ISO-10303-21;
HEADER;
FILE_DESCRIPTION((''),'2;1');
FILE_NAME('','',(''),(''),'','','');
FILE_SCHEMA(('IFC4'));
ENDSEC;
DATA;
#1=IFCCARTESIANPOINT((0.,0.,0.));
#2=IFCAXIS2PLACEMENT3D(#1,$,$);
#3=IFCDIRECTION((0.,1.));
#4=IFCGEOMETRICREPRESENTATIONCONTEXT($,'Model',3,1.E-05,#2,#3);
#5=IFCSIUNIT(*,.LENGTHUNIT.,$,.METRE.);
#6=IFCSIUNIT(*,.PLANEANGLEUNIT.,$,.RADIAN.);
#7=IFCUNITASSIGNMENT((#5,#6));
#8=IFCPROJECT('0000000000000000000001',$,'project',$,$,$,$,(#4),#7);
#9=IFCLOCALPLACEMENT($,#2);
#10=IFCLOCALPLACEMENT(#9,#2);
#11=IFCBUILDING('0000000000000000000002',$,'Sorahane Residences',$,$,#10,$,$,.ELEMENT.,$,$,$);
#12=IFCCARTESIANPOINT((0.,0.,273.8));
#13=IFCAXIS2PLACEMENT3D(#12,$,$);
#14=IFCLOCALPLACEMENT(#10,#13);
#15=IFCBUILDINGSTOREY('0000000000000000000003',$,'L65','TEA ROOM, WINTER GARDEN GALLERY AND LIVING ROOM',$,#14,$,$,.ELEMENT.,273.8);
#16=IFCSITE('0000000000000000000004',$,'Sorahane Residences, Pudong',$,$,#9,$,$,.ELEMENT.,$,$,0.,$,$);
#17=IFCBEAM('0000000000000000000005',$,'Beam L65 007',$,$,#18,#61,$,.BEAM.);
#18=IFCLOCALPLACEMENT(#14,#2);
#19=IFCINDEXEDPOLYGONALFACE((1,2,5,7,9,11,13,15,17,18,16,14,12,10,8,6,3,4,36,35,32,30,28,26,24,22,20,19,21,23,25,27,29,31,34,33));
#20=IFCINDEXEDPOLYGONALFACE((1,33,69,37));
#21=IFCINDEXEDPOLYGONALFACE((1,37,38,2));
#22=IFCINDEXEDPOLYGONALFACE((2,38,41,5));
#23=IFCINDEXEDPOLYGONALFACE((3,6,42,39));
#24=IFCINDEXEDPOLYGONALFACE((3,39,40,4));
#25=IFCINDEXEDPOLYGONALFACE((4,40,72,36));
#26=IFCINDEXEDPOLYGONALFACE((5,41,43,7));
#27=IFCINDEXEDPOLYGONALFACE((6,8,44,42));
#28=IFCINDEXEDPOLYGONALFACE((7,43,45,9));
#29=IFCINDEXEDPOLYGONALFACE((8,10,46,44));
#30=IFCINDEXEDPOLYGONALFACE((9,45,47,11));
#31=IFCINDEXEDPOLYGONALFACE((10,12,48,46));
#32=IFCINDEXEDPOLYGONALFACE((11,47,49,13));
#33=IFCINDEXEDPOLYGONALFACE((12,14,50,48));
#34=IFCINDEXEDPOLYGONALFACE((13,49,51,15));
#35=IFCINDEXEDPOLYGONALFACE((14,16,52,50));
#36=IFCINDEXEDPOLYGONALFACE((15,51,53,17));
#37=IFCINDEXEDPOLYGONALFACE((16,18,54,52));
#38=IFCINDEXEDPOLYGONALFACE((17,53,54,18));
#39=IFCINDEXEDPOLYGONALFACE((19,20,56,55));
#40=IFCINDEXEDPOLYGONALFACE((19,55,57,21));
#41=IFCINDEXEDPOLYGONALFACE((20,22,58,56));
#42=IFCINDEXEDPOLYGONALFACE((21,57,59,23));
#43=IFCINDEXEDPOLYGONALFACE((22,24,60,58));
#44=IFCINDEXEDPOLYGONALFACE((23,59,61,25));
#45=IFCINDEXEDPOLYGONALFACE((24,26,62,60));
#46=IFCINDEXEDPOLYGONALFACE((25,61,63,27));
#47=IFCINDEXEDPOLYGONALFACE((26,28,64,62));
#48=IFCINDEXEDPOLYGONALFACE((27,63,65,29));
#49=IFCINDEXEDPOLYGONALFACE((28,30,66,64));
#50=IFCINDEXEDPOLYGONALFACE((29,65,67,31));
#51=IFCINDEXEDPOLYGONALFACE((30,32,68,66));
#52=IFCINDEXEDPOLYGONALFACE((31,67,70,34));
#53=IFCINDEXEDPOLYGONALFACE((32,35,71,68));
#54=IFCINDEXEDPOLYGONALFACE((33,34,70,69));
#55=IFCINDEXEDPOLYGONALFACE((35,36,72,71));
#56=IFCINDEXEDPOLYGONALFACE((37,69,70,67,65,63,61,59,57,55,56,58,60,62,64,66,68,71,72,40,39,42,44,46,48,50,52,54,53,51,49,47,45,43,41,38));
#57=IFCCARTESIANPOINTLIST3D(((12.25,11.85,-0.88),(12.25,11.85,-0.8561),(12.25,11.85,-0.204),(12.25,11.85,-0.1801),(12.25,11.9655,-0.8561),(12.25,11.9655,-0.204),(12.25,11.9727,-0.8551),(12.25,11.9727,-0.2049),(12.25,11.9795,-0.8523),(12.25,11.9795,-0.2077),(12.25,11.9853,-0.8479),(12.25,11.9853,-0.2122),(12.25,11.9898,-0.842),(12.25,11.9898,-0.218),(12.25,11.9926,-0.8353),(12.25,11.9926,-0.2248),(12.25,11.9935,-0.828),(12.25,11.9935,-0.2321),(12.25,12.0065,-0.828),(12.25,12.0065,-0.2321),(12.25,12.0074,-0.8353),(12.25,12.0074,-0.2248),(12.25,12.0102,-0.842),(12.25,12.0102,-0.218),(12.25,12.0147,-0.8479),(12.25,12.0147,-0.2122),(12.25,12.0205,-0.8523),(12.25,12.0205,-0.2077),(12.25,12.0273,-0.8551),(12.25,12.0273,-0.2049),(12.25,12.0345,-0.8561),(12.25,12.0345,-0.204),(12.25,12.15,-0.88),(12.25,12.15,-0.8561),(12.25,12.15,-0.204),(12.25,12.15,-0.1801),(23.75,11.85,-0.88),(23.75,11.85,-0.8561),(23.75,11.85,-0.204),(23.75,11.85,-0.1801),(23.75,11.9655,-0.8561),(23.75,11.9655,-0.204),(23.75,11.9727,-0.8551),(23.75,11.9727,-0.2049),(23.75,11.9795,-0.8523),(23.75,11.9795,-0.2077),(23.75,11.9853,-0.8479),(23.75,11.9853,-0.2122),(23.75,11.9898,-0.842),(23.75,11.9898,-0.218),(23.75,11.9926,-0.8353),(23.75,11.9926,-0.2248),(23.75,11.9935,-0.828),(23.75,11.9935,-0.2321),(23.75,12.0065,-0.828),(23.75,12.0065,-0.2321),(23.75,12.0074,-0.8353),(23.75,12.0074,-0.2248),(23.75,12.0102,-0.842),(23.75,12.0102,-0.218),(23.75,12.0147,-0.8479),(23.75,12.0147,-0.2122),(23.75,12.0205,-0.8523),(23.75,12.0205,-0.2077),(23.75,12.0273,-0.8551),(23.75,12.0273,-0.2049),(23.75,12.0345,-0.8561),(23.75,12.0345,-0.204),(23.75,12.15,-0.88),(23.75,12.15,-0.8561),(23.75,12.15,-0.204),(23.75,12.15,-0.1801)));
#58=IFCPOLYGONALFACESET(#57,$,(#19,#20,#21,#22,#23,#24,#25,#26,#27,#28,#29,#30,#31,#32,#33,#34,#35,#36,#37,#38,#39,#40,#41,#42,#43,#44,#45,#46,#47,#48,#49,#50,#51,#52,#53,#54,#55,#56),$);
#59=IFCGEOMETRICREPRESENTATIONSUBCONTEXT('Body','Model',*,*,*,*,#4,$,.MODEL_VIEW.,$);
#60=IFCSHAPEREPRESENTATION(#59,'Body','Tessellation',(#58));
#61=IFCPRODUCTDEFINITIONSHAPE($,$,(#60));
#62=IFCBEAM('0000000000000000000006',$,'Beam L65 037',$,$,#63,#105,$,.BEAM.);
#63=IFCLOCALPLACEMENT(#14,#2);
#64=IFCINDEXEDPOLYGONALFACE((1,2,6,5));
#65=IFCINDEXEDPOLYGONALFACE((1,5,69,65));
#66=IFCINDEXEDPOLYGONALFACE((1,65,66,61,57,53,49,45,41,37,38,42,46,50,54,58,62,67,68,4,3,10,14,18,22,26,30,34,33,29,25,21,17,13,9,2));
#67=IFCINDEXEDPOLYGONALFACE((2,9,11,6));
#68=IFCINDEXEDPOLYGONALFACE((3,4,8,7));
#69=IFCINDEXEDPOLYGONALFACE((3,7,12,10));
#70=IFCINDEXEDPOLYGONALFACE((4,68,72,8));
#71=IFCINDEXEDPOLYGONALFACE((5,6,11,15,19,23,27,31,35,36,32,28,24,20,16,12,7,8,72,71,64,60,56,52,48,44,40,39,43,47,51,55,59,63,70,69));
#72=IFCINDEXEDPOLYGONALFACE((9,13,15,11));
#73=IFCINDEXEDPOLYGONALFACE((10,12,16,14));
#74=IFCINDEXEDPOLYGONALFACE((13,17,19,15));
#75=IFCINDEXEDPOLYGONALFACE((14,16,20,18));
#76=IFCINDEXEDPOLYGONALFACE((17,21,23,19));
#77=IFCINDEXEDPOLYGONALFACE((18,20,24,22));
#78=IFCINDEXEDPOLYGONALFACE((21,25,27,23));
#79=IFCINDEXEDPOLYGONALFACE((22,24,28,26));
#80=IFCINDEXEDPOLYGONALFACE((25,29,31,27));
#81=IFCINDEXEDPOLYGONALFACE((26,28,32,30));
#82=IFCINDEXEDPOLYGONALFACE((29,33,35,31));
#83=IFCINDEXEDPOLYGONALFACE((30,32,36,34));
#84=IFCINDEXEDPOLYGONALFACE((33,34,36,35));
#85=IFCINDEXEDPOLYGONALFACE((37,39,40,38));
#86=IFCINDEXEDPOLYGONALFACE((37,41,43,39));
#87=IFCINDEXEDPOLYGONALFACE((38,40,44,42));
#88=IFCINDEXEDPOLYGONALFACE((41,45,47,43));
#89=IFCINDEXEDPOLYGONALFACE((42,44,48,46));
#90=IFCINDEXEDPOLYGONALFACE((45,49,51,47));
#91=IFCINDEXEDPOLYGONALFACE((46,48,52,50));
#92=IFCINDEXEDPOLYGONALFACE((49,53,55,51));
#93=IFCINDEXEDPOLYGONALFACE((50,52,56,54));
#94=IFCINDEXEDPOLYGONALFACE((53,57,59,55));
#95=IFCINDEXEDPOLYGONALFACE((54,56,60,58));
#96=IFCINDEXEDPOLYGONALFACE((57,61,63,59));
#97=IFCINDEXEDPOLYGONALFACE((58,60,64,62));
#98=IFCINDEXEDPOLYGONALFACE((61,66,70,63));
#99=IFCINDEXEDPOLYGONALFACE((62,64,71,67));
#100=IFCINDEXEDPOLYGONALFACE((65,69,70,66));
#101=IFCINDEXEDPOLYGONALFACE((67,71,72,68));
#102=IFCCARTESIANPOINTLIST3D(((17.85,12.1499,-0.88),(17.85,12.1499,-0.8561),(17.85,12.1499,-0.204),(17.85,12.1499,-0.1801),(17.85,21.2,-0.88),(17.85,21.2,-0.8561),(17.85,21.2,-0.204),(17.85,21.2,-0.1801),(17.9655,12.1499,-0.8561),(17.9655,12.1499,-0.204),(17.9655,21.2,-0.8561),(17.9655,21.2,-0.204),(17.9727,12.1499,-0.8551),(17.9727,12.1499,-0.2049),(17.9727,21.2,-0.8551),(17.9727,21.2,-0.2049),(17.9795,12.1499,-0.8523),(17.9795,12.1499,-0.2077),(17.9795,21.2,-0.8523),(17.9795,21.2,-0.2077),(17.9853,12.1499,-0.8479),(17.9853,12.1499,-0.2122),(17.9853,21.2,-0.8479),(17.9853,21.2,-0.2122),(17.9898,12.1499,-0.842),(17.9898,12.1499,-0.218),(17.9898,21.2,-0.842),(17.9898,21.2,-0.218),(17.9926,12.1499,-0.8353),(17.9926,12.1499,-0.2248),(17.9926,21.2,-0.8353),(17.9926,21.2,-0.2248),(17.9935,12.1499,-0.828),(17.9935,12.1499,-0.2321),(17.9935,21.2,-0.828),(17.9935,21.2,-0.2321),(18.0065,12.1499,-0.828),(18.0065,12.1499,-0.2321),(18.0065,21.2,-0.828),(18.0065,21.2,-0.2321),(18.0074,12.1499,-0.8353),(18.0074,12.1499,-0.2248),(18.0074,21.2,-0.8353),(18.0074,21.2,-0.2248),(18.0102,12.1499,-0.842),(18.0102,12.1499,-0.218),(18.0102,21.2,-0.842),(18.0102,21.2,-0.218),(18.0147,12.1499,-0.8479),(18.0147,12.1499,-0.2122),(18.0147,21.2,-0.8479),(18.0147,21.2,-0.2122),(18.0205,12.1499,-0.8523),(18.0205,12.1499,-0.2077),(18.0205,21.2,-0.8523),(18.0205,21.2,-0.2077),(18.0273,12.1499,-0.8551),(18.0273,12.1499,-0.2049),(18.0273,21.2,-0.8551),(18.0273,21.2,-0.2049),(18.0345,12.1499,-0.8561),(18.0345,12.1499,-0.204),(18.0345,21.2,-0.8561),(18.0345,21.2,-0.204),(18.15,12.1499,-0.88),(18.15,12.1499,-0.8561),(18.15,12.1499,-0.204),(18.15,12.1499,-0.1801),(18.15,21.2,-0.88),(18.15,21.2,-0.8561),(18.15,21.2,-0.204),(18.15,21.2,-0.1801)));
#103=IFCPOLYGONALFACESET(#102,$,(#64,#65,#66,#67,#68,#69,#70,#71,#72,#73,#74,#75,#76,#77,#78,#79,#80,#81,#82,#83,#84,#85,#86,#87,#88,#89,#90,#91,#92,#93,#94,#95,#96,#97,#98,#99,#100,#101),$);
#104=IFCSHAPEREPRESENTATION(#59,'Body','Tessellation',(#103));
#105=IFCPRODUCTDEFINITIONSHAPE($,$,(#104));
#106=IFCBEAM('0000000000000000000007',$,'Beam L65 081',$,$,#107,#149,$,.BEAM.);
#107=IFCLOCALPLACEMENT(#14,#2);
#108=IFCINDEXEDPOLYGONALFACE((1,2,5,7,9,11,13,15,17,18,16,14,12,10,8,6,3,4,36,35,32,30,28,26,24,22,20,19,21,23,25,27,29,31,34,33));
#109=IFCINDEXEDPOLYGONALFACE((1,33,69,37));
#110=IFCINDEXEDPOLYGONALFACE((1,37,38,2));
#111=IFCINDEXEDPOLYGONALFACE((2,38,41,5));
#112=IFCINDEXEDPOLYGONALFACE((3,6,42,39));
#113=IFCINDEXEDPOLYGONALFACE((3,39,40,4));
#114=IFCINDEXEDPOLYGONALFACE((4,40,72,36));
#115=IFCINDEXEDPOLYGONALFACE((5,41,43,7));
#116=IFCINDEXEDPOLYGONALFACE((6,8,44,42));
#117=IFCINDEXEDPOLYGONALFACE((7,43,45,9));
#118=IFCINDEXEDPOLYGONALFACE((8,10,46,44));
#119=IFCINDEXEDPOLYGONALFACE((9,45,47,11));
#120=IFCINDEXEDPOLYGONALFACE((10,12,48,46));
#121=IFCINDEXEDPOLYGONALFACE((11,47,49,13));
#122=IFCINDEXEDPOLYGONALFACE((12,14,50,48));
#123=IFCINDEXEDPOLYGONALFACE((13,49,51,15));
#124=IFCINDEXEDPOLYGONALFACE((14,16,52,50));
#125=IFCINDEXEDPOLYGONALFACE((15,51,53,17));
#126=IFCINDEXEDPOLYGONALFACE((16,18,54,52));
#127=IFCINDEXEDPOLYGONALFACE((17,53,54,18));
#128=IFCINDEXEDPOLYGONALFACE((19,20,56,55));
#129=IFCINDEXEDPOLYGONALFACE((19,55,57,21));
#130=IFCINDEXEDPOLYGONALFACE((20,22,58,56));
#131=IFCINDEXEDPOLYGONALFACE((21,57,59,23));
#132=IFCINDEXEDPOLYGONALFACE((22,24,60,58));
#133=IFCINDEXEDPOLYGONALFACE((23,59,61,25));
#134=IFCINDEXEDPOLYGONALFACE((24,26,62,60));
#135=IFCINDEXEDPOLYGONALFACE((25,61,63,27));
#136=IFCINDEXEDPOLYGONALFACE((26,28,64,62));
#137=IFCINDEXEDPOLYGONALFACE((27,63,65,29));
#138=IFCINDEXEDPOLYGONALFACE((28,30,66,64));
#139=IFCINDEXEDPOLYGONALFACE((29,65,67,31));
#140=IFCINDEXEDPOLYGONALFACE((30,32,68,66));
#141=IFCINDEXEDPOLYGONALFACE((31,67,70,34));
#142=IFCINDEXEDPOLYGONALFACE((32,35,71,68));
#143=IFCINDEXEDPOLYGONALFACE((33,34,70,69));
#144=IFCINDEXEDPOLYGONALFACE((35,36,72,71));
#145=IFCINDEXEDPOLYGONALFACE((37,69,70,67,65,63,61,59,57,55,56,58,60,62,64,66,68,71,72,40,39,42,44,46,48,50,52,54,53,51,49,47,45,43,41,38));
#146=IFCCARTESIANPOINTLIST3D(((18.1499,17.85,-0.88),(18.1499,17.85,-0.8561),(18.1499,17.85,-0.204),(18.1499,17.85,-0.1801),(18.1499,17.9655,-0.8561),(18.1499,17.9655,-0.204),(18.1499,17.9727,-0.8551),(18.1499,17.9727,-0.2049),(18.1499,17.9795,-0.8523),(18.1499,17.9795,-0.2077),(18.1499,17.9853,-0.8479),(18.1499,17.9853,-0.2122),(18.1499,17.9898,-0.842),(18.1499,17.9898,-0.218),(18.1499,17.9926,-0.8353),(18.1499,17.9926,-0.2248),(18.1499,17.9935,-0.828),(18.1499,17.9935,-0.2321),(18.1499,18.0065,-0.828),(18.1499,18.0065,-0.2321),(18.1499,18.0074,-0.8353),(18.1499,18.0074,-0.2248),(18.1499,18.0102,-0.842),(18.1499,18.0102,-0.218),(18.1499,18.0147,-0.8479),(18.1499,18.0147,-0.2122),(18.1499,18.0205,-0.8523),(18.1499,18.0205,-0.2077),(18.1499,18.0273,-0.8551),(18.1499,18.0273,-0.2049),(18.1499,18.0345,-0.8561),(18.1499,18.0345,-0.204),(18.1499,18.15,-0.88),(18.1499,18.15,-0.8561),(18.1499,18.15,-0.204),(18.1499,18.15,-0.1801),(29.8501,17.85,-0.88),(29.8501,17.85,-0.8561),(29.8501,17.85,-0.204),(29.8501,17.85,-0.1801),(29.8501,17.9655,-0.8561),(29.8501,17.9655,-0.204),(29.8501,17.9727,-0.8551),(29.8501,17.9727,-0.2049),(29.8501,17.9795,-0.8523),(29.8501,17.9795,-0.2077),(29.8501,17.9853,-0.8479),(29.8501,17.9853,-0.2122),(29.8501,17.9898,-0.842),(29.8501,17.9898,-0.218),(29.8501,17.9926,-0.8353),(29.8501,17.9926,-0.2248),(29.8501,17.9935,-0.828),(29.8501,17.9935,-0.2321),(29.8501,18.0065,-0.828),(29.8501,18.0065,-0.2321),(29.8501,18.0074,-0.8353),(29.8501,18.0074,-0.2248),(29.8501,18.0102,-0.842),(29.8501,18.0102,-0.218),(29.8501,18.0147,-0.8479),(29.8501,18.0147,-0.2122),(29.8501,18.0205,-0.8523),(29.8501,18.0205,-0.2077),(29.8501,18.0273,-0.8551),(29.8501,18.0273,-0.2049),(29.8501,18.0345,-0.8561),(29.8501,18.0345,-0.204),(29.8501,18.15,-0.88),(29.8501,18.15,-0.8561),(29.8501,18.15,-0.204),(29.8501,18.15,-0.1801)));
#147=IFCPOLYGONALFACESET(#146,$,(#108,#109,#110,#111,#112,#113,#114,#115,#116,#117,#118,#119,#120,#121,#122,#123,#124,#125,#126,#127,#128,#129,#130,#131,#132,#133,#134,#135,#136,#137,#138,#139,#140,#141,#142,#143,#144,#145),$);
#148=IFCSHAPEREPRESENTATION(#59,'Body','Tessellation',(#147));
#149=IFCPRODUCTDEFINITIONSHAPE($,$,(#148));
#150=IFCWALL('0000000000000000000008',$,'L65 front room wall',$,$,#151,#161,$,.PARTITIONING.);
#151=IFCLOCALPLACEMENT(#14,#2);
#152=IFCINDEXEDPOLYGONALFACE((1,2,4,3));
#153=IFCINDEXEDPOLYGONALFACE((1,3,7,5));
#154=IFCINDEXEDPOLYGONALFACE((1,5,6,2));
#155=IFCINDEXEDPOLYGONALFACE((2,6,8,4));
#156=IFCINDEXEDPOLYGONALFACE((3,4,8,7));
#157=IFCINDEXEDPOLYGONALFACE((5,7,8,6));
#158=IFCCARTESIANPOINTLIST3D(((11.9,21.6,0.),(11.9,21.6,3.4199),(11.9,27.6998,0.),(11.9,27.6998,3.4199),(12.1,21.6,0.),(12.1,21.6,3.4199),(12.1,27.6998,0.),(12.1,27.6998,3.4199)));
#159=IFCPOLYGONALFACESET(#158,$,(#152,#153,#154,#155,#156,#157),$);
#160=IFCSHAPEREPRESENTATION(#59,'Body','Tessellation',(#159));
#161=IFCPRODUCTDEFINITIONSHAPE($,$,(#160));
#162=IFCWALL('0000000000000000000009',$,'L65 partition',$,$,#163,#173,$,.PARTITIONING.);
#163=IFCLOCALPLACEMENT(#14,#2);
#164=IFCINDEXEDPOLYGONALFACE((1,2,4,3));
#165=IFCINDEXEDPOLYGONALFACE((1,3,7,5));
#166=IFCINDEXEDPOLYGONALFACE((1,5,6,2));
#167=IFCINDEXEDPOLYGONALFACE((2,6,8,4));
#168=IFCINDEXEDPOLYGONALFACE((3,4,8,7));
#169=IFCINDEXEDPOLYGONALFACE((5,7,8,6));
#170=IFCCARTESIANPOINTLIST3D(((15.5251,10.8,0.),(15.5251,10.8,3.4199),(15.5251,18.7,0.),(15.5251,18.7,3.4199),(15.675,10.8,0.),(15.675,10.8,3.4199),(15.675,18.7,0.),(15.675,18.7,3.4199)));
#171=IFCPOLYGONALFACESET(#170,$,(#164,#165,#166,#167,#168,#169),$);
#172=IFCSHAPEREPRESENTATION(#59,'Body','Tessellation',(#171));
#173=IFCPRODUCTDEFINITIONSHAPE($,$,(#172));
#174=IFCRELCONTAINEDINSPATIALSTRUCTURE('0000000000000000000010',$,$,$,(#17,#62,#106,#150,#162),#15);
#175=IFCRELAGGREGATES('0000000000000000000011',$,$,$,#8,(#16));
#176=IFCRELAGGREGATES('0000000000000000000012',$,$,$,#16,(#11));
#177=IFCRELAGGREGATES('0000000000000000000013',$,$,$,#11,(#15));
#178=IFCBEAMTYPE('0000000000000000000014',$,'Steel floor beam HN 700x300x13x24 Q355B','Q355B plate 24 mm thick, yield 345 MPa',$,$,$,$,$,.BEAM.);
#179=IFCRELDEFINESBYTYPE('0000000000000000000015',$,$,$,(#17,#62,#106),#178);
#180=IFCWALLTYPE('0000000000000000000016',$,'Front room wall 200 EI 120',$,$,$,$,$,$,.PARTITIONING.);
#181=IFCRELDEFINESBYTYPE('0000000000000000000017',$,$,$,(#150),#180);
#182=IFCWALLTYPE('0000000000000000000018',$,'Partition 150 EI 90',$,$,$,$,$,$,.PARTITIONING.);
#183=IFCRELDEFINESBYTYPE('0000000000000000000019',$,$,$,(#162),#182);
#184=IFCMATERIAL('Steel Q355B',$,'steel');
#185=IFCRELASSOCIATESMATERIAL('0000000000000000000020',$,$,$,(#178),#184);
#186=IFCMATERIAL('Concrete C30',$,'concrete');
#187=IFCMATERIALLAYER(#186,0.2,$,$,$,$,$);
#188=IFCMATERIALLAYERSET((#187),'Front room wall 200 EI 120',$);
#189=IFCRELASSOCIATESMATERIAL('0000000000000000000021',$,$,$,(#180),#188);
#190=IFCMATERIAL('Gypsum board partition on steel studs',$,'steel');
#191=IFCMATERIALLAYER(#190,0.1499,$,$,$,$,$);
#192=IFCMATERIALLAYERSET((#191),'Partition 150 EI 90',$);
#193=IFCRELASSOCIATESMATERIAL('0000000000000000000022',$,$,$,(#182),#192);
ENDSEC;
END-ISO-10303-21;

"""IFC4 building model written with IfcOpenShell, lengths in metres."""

from ifc_helpers import new_model, si_unit, direction, frame, frame_2d, origin, origin_2d, place, context, subcontext, project, spatial, rectangle, i_section, extrude, material, layer, layer_set, material_profile, profile_set, type_object, element, save


model = new_model("IFC4")

# Units and contexts
model_context = context("Model", 3, precision=1e-05, world=origin(), true_north=direction((0.0, 1.0)))
body_context = subcontext(model_context, "Body", "Model", "MODEL_VIEW")
ifc_project = project(units=[si_unit("LENGTHUNIT", "METRE"), si_unit("PLANEANGLEUNIT", "RADIAN")], contexts=[model_context])

# Site, building, storey
site_placement = place(None, origin())
site = spatial("IfcSite", under=ifc_project, at=site_placement, Name="Sorahane Residences, Pudong", CompositionType="ELEMENT", RefElevation=0.0)
building_placement = place(site_placement, origin())
building = spatial("IfcBuilding", under=site, at=building_placement, Name="Sorahane Residences", CompositionType="ELEMENT")
storey_placement = place(building_placement, frame((0.0, 0.0, 273.8)))
storey = spatial("IfcBuildingStorey", under=building, at=storey_placement, Name="L65", Description="TEA ROOM, WINTER GARDEN GALLERY AND LIVING ROOM", CompositionType="ELEMENT", Elevation=273.8)

# Beams
ifc_material_1 = material(Name="Steel Q355B", Category="steel")
ifc_material_profile_1 = material_profile(ifc_material_1, i_section(OverallWidth=0.3, OverallDepth=0.7, WebThickness=0.0129, FlangeThickness=0.0239, FilletRadius=0.0281, at=origin_2d()), Name="HN 700x300x13x24")
ifc_profile_set_1 = profile_set([ifc_material_profile_1], Name="Steel Q355B")
beam_type_1 = type_object("IfcBeamType", Name="Steel floor beam HN 700x300x13x24 Q355B", Description="Q355B plate 24 mm thick, yield 345 MPa", PredefinedType="BEAM", material=ifc_profile_set_1)
beam_1_placement = place(storey_placement, frame((12.25, 12.0, -0.53), z_axis=(1.0, 0.0, 0.0), x_axis=(0.0, 1.0, 0.0)))
element("IfcBeam", 1, at=beam_1_placement, inside=storey, type_object=beam_type_1, Name="Beam L65 007", PredefinedType="BEAM", context=body_context, shape_type="SweptSolid", body=[
    extrude(i_section(OverallWidth=0.3, OverallDepth=0.7, WebThickness=0.0129, FlangeThickness=0.0239, FilletRadius=0.0281, at=origin_2d()), origin(), (0.0, 0.0, 1.0), 11.5),
])
beam_2_placement = place(storey_placement, frame((18.0, 12.1499, -0.53), z_axis=(0.0, 1.0, 0.0), x_axis=(-1.0, 0.0, 0.0)))
element("IfcBeam", 2, at=beam_2_placement, inside=storey, type_object=beam_type_1, Name="Beam L65 037", PredefinedType="BEAM", context=body_context, shape_type="SweptSolid", body=[
    extrude(i_section(OverallWidth=0.3, OverallDepth=0.7, WebThickness=0.0129, FlangeThickness=0.0239, FilletRadius=0.0281, at=origin_2d()), origin(), (0.0, 0.0, 1.0), 9.05),
])
beam_3_placement = place(storey_placement, frame((18.1499, 18.0, -0.53), z_axis=(1.0, 0.0, 0.0), x_axis=(0.0, 1.0, 0.0)))
element("IfcBeam", 3, at=beam_3_placement, inside=storey, type_object=beam_type_1, Name="Beam L65 081", PredefinedType="BEAM", context=body_context, shape_type="SweptSolid", body=[
    extrude(i_section(OverallWidth=0.3, OverallDepth=0.7, WebThickness=0.0129, FlangeThickness=0.0239, FilletRadius=0.0281, at=origin_2d()), origin(), (0.0, 0.0, 1.0), 11.7002),
])

# Walls
ifc_material_2 = material(Name="Concrete C30", Category="concrete")
ifc_layer_1 = layer(ifc_material_2, 0.2)
ifc_layer_set_1 = layer_set([ifc_layer_1], Name="Front room wall 200 EI 120")
wall_type_1 = type_object("IfcWallType", Name="Front room wall 200 EI 120", PredefinedType="PARTITIONING", material=ifc_layer_set_1)
wall_1_placement = place(storey_placement, frame((12.0, 21.6001, 0.0), z_axis=(0.0, 0.0, 1.0), x_axis=(0.0, 1.0, 0.0)))
element("IfcWall", 4, at=wall_1_placement, inside=storey, type_object=wall_type_1, Name="L65 front room wall", PredefinedType="PARTITIONING", context=body_context, shape_type="SweptSolid", body=[
    extrude(rectangle(XDim=6.0999, YDim=0.2, at=frame_2d((3.0498, 0.0))), origin(), (0.0, 0.0, 1.0), 3.4199),
])
ifc_material_3 = material(Name="Gypsum board partition on steel studs", Category="steel")
ifc_layer_2 = layer(ifc_material_3, 0.1499)
ifc_layer_set_2 = layer_set([ifc_layer_2], Name="Partition 150 EI 90")
wall_type_2 = type_object("IfcWallType", Name="Partition 150 EI 90", PredefinedType="PARTITIONING", material=ifc_layer_set_2)
wall_2_placement = place(storey_placement, frame((15.6001, 10.8, 0.0), z_axis=(0.0, 0.0, 1.0), x_axis=(0.0, 1.0, 0.0)))
element("IfcWall", 5, at=wall_2_placement, inside=storey, type_object=wall_type_2, Name="L65 partition", PredefinedType="PARTITIONING", context=body_context, shape_type="SweptSolid", body=[
    extrude(rectangle(XDim=7.8999, YDim=0.1499, at=frame_2d((3.95, 0.0))), origin(), (0.0, 0.0, 1.0), 3.4199),
])

save(model, "model.ifc")
